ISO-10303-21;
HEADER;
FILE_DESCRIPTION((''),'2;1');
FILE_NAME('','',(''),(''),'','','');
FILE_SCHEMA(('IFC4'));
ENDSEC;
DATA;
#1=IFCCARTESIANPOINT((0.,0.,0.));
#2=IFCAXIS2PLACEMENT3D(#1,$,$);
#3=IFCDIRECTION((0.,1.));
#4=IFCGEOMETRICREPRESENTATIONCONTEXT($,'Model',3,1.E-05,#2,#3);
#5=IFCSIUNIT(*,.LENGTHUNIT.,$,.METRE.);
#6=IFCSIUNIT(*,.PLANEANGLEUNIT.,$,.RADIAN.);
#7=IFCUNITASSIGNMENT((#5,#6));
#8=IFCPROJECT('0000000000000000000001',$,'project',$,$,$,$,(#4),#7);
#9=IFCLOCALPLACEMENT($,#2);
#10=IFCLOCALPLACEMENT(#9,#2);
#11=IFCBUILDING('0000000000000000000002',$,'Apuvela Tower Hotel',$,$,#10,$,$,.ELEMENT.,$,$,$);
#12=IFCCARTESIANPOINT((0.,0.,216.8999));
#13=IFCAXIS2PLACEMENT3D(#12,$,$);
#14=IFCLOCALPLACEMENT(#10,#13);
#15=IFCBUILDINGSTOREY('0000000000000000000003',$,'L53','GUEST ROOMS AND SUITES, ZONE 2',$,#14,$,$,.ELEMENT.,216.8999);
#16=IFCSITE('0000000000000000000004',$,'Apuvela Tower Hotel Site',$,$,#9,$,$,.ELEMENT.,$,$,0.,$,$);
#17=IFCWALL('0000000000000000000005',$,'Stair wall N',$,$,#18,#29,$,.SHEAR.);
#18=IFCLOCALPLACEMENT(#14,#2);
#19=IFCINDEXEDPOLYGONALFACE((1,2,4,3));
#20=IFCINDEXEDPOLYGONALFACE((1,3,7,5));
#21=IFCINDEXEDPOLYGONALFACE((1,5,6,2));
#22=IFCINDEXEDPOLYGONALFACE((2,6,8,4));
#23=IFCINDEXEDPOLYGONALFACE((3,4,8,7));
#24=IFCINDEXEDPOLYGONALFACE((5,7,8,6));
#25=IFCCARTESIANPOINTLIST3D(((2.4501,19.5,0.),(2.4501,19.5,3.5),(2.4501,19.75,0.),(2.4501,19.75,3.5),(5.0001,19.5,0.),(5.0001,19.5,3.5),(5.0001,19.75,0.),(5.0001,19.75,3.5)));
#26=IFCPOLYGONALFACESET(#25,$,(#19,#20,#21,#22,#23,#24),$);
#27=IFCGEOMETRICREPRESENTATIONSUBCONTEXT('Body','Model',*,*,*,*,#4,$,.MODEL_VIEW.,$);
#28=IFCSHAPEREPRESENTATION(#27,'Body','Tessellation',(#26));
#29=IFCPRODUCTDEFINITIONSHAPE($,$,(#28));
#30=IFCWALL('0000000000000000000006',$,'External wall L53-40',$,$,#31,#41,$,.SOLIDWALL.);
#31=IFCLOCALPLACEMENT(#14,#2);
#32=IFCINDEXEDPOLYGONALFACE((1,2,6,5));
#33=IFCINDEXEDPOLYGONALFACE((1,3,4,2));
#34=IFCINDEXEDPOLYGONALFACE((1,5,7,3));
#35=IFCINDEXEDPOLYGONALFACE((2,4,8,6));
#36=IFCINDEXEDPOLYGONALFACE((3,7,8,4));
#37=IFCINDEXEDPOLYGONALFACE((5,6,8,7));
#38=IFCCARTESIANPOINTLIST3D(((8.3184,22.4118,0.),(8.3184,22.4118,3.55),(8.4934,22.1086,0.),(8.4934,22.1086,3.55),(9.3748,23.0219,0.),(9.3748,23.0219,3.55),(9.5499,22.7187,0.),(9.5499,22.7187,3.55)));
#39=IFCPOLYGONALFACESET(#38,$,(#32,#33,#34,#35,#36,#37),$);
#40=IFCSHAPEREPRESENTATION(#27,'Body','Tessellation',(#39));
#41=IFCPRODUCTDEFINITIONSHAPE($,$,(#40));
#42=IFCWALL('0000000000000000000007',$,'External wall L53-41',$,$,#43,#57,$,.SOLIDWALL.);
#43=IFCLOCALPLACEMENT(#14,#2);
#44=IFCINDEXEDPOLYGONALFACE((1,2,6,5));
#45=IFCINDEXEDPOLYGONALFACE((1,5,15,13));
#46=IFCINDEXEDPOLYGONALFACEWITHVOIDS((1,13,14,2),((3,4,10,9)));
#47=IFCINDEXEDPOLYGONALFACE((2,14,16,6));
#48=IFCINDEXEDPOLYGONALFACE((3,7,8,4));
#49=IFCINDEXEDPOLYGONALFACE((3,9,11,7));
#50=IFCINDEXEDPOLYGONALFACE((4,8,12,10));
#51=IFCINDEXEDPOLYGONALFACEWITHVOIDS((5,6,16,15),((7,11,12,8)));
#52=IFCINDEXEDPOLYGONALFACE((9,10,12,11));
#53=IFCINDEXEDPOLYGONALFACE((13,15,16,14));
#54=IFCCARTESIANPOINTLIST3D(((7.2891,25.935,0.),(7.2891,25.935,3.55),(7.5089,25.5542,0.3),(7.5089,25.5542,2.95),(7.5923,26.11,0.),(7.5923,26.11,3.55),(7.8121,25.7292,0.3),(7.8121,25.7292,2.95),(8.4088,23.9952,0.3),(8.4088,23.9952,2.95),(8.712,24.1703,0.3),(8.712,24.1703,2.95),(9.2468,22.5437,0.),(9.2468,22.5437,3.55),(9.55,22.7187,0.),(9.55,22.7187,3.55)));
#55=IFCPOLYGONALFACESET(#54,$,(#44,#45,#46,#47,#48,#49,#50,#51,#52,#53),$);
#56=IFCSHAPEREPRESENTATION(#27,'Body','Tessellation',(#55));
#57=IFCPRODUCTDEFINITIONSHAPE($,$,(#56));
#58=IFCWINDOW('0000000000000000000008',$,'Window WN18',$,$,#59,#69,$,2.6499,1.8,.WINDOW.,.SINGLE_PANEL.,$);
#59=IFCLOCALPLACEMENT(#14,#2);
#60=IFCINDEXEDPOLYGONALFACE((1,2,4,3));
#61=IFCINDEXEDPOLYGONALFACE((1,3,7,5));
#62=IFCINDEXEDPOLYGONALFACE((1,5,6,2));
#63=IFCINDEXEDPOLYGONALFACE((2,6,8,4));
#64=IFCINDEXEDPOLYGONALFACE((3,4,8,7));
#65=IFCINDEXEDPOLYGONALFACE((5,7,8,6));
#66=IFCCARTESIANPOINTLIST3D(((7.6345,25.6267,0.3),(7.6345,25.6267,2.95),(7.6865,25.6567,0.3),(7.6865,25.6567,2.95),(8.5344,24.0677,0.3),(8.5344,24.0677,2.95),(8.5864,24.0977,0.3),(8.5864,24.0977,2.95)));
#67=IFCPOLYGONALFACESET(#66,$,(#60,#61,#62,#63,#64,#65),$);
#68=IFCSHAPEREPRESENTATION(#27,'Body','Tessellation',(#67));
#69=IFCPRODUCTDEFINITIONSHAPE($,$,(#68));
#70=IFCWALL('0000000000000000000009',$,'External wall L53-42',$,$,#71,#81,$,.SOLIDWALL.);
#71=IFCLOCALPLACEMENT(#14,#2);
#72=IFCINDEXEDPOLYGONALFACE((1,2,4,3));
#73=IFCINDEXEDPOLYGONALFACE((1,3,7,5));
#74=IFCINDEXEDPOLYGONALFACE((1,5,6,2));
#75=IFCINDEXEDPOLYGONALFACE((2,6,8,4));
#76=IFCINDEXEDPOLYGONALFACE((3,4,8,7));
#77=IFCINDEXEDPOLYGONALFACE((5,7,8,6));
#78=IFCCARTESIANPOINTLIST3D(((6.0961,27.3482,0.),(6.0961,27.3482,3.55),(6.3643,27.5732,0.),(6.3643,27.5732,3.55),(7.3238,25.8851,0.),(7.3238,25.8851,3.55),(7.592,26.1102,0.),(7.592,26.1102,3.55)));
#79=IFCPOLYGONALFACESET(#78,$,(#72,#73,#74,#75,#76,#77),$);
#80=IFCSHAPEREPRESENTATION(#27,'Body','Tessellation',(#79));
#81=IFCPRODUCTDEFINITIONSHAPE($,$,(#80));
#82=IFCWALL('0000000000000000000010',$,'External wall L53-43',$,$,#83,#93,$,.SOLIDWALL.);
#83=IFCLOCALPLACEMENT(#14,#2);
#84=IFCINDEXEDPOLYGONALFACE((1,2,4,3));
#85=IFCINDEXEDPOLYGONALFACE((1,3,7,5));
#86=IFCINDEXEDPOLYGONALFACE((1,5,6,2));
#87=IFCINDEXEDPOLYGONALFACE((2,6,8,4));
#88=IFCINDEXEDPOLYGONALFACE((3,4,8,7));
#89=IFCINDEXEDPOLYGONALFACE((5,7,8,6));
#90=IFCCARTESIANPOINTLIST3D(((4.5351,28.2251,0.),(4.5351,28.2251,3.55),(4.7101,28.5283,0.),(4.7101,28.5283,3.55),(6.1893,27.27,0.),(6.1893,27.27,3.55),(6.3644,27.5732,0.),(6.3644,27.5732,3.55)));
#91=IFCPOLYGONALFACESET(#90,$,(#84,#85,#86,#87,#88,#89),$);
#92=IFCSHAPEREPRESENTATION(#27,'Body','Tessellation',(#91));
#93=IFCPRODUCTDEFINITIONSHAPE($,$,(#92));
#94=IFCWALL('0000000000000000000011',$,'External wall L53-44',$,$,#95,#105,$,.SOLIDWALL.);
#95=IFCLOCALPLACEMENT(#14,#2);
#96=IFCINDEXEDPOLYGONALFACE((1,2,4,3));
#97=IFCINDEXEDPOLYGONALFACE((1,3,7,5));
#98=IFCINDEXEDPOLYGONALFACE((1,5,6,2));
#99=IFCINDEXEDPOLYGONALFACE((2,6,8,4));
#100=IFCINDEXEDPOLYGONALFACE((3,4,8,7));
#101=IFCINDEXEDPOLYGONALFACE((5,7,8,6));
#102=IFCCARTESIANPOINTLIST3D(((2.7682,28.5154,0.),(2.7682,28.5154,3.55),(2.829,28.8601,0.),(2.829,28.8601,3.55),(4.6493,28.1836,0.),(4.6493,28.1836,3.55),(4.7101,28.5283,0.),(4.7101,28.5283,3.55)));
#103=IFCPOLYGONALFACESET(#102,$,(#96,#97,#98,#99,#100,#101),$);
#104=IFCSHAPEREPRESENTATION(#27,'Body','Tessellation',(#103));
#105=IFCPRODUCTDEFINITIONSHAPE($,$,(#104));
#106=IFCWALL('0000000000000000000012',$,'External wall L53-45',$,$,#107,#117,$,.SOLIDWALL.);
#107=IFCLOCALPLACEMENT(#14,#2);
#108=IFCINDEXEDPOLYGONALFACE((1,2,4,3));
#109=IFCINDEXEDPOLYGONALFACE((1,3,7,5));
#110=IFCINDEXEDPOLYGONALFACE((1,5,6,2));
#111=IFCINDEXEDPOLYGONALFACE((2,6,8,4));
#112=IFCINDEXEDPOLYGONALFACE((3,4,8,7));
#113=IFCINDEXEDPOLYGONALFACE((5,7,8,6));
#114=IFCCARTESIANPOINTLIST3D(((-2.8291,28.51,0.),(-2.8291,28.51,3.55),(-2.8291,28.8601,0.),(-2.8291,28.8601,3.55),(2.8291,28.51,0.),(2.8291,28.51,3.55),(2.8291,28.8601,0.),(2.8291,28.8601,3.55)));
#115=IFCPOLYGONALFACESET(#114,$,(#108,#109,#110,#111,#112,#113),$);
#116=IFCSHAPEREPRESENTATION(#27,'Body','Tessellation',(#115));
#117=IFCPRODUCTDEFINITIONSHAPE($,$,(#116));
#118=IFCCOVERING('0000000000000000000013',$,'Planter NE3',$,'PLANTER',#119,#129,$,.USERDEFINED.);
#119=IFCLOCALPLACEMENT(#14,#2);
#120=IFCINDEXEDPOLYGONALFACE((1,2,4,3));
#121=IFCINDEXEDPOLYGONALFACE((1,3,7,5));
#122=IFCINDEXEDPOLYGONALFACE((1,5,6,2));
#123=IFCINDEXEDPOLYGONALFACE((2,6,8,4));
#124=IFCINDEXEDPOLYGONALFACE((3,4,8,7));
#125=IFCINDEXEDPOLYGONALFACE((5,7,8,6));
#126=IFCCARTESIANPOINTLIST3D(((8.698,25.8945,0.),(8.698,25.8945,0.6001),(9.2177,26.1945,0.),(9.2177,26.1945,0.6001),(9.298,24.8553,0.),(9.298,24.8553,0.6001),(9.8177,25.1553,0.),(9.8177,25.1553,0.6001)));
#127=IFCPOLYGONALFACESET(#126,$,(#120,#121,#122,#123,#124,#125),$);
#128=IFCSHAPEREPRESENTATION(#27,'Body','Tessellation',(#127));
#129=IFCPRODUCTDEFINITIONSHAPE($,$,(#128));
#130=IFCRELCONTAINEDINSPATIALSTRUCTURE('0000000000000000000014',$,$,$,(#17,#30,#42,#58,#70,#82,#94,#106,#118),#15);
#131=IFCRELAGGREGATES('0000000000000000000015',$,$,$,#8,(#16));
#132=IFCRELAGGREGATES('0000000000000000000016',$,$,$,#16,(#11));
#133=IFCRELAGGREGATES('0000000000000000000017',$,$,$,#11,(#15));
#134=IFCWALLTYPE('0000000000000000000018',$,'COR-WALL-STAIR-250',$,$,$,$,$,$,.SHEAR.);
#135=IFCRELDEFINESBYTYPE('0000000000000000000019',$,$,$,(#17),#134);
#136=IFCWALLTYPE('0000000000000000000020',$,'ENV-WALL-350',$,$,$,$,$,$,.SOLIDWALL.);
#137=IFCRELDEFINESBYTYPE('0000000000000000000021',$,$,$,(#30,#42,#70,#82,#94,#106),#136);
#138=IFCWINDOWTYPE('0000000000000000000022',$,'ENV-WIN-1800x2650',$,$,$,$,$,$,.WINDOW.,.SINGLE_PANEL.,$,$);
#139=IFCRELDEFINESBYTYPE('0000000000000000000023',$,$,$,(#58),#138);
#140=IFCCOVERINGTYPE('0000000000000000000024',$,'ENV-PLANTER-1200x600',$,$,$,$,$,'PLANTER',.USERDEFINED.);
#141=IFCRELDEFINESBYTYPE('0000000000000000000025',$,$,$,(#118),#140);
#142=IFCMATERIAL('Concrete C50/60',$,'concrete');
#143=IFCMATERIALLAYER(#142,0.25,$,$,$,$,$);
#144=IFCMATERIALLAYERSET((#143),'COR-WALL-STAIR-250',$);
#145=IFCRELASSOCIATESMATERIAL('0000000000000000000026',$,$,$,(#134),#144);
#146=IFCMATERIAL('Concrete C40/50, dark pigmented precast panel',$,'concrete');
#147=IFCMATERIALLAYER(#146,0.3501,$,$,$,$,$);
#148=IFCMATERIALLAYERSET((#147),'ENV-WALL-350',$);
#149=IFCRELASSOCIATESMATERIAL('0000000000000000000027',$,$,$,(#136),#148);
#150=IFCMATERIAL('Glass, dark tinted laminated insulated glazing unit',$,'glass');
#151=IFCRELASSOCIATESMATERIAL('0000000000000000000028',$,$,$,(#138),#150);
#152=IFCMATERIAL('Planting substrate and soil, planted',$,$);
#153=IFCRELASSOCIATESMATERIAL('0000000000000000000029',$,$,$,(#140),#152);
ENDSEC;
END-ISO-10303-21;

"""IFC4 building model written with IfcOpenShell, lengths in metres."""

from ifc_helpers import new_model, si_unit, direction, frame, frame_2d, origin, origin_2d, place, context, subcontext, project, spatial, rectangle, extrude, material, layer, layer_set, type_object, element, fill, save


model = new_model("IFC4")

# Units and contexts
model_context = context("Model", 3, precision=1e-05, world=origin(), true_north=direction((0.0, 1.0)))
body_context = subcontext(model_context, "Body", "Model", "MODEL_VIEW")
ifc_project = project(units=[si_unit("LENGTHUNIT", "METRE"), si_unit("PLANEANGLEUNIT", "RADIAN")], contexts=[model_context])

# Site, building, storey
site_placement = place(None, origin())
site = spatial("IfcSite", under=ifc_project, at=site_placement, Name="Apuvela Tower Hotel Site", CompositionType="ELEMENT", RefElevation=0.0)
building_placement = place(site_placement, origin())
building = spatial("IfcBuilding", under=site, at=building_placement, Name="Apuvela Tower Hotel", CompositionType="ELEMENT")
storey_placement = place(building_placement, frame((0.0, 0.0, 216.8999)))
storey = spatial("IfcBuildingStorey", under=building, at=storey_placement, Name="L53", Description="GUEST ROOMS AND SUITES, ZONE 2", CompositionType="ELEMENT", Elevation=216.8999)

# Walls
ifc_material_1 = material(Name="Concrete C50/60", Category="concrete")
ifc_layer_1 = layer(ifc_material_1, 0.25)
ifc_layer_set_1 = layer_set([ifc_layer_1], Name="COR-WALL-STAIR-250")
wall_type_1 = type_object("IfcWallType", Name="COR-WALL-STAIR-250", PredefinedType="SHEAR", material=ifc_layer_set_1)
wall_1_placement = place(storey_placement, frame((5.0, 19.625, 0.0), z_axis=(0.0, 0.0, 1.0), x_axis=(-1.0, 0.0, 0.0)))
element("IfcWall", 1, at=wall_1_placement, inside=storey, type_object=wall_type_1, Name="Stair wall N", PredefinedType="SHEAR", context=body_context, shape_type="SweptSolid", body=[
    extrude(rectangle(XDim=2.55, YDim=0.25, at=frame_2d((1.2749, 0.0))), origin(), (0.0, 0.0, 1.0), 3.5),
])
ifc_material_2 = material(Name="Concrete C40/50, dark pigmented precast panel", Category="concrete")
ifc_layer_2 = layer(ifc_material_2, 0.3501)
ifc_layer_set_2 = layer_set([ifc_layer_2], Name="ENV-WALL-350")
wall_type_2 = type_object("IfcWallType", Name="ENV-WALL-350", PredefinedType="SOLIDWALL", material=ifc_layer_set_2)
wall_2_placement = place(storey_placement, frame((8.406, 22.2603, 0.0), z_axis=(0.0, 0.0, 1.0), x_axis=(0.865956, 0.500121, 0.0)))
element("IfcWall", 2, at=wall_2_placement, inside=storey, type_object=wall_type_2, Name="External wall L53-40", PredefinedType="SOLIDWALL", context=body_context, shape_type="SweptSolid", body=[
    extrude(rectangle(XDim=1.22, YDim=0.3501, at=frame_2d((0.6099, 0.0))), origin(), (0.0, 0.0, 1.0), 3.55),
])

# Wall, opening, window
wall_3_placement = place(storey_placement, frame((9.3984, 22.6311, 0.0), z_axis=(0.0, 0.0, 1.0), x_axis=(-0.499955, 0.866052, 0.0)))
wall_3 = element("IfcWall", 3, at=wall_3_placement, inside=storey, type_object=wall_type_2, Name="External wall L53-41", PredefinedType="SOLIDWALL", context=body_context, shape_type="SweptSolid", body=[
    extrude(rectangle(XDim=3.9158, YDim=0.3501, at=frame_2d((1.958, 0.0))), origin(), (0.0, 0.0, 1.0), 3.55),
])
opening_placement = place(wall_3_placement, frame((1.6763, 0.0, 0.3)))
opening = element("IfcOpeningElement", 4, at=opening_placement, cuts=wall_3, PredefinedType="OPENING", context=body_context, shape_type="SweptSolid", body=[
    extrude(rectangle(XDim=1.8, YDim=2.6499, at=frame_2d((0.8999, 1.325))), frame((0.0, 0.1851, 0.0), z_axis=(0.0, -1.0, 0.0), x_axis=(1.0, 0.0, 0.0)), (0.0, 0.0, 1.0), 0.3701),
])
ifc_material_3 = material(Name="Glass, dark tinted laminated insulated glazing unit", Category="glass")
window_type = type_object("IfcWindowType", Name="ENV-WIN-1800x2650", PartitioningType="SINGLE_PANEL", PredefinedType="WINDOW", material=ifc_material_3)
window_placement = place(opening_placement, origin())
window = element("IfcWindow", 5, at=window_placement, inside=storey, type_object=window_type, Name="Window WN18", OverallHeight=2.6499, OverallWidth=1.8, PartitioningType="SINGLE_PANEL", PredefinedType="WINDOW", context=body_context, shape_type="SweptSolid", body=[
    extrude(rectangle(XDim=1.8, YDim=2.6499, at=frame_2d((0.8999, 1.325))), frame((0.0, 0.03, 0.0), z_axis=(0.0, -1.0, 0.0), x_axis=(1.0, 0.0, 0.0)), (0.0, 0.0, 1.0), 0.0601),
])
fill(opening, window)

# Walls
wall_4_placement = place(storey_placement, frame((7.458, 25.9976, 0.0), z_axis=(0.0, 0.0, 1.0), x_axis=(-0.642808, 0.766027, 0.0)))
element("IfcWall", 6, at=wall_4_placement, inside=storey, type_object=wall_type_2, Name="External wall L53-42", PredefinedType="SOLIDWALL", context=body_context, shape_type="SweptSolid", body=[
    extrude(rectangle(XDim=1.9099, YDim=0.3501, at=frame_2d((0.9551, 0.0))), origin(), (0.0, 0.0, 1.0), 3.55),
])
for number, where, z_axis, x_axis, name in (
    (7, (6.2769, 27.4216, 0.0), (0.0, 0.0, 1.0), (-0.866032, 0.499988, 0.0), "External wall L53-43"),
    (8, (4.6797, 28.356, 0.0), (0.0, 0.0, 1.0), (-0.984799, 0.173698, 0.0), "External wall L53-44"),
):
    element("IfcWall", number, at=place(storey_placement, frame(where, z_axis=z_axis, x_axis=x_axis)), inside=storey, type_object=wall_type_2, Name=name, PredefinedType="SOLIDWALL", context=body_context, shape_type="SweptSolid", body=[
        extrude(rectangle(XDim=1.9102, YDim=0.3501, at=frame_2d((0.9551, 0.0))), origin(), (0.0, 0.0, 1.0), 3.55),
    ])
wall_5_placement = place(storey_placement, frame((2.8291, 28.6851, 0.0), z_axis=(0.0, 0.0, 1.0), x_axis=(-1.0, 0.0, 0.0)))
element("IfcWall", 9, at=wall_5_placement, inside=storey, type_object=wall_type_2, Name="External wall L53-45", PredefinedType="SOLIDWALL", context=body_context, shape_type="SweptSolid", body=[
    extrude(rectangle(XDim=5.6582, YDim=0.3501, at=frame_2d((2.8291, 0.0))), origin(), (0.0, 0.0, 1.0), 3.55),
])

# Covering
ifc_material_4 = material(Name="Planting substrate and soil, planted")
covering_type = type_object("IfcCoveringType", Name="ENV-PLANTER-1200x600", ElementType="PLANTER", PredefinedType="USERDEFINED", material=ifc_material_4)
covering_placement = place(storey_placement, frame((9.2578, 25.5249, 0.0), z_axis=(0.0, 0.0, 1.0), x_axis=(-0.5, 0.866025, 0.0)))
element("IfcCovering", 10, at=covering_placement, inside=storey, type_object=covering_type, Name="Planter NE3", ObjectType="PLANTER", PredefinedType="USERDEFINED", context=body_context, shape_type="SweptSolid", body=[
    extrude(rectangle(XDim=1.2, YDim=0.6001, at=origin_2d()), origin(), (0.0, 0.0, 1.0), 0.6001),
])

save(model, "model.ifc")
